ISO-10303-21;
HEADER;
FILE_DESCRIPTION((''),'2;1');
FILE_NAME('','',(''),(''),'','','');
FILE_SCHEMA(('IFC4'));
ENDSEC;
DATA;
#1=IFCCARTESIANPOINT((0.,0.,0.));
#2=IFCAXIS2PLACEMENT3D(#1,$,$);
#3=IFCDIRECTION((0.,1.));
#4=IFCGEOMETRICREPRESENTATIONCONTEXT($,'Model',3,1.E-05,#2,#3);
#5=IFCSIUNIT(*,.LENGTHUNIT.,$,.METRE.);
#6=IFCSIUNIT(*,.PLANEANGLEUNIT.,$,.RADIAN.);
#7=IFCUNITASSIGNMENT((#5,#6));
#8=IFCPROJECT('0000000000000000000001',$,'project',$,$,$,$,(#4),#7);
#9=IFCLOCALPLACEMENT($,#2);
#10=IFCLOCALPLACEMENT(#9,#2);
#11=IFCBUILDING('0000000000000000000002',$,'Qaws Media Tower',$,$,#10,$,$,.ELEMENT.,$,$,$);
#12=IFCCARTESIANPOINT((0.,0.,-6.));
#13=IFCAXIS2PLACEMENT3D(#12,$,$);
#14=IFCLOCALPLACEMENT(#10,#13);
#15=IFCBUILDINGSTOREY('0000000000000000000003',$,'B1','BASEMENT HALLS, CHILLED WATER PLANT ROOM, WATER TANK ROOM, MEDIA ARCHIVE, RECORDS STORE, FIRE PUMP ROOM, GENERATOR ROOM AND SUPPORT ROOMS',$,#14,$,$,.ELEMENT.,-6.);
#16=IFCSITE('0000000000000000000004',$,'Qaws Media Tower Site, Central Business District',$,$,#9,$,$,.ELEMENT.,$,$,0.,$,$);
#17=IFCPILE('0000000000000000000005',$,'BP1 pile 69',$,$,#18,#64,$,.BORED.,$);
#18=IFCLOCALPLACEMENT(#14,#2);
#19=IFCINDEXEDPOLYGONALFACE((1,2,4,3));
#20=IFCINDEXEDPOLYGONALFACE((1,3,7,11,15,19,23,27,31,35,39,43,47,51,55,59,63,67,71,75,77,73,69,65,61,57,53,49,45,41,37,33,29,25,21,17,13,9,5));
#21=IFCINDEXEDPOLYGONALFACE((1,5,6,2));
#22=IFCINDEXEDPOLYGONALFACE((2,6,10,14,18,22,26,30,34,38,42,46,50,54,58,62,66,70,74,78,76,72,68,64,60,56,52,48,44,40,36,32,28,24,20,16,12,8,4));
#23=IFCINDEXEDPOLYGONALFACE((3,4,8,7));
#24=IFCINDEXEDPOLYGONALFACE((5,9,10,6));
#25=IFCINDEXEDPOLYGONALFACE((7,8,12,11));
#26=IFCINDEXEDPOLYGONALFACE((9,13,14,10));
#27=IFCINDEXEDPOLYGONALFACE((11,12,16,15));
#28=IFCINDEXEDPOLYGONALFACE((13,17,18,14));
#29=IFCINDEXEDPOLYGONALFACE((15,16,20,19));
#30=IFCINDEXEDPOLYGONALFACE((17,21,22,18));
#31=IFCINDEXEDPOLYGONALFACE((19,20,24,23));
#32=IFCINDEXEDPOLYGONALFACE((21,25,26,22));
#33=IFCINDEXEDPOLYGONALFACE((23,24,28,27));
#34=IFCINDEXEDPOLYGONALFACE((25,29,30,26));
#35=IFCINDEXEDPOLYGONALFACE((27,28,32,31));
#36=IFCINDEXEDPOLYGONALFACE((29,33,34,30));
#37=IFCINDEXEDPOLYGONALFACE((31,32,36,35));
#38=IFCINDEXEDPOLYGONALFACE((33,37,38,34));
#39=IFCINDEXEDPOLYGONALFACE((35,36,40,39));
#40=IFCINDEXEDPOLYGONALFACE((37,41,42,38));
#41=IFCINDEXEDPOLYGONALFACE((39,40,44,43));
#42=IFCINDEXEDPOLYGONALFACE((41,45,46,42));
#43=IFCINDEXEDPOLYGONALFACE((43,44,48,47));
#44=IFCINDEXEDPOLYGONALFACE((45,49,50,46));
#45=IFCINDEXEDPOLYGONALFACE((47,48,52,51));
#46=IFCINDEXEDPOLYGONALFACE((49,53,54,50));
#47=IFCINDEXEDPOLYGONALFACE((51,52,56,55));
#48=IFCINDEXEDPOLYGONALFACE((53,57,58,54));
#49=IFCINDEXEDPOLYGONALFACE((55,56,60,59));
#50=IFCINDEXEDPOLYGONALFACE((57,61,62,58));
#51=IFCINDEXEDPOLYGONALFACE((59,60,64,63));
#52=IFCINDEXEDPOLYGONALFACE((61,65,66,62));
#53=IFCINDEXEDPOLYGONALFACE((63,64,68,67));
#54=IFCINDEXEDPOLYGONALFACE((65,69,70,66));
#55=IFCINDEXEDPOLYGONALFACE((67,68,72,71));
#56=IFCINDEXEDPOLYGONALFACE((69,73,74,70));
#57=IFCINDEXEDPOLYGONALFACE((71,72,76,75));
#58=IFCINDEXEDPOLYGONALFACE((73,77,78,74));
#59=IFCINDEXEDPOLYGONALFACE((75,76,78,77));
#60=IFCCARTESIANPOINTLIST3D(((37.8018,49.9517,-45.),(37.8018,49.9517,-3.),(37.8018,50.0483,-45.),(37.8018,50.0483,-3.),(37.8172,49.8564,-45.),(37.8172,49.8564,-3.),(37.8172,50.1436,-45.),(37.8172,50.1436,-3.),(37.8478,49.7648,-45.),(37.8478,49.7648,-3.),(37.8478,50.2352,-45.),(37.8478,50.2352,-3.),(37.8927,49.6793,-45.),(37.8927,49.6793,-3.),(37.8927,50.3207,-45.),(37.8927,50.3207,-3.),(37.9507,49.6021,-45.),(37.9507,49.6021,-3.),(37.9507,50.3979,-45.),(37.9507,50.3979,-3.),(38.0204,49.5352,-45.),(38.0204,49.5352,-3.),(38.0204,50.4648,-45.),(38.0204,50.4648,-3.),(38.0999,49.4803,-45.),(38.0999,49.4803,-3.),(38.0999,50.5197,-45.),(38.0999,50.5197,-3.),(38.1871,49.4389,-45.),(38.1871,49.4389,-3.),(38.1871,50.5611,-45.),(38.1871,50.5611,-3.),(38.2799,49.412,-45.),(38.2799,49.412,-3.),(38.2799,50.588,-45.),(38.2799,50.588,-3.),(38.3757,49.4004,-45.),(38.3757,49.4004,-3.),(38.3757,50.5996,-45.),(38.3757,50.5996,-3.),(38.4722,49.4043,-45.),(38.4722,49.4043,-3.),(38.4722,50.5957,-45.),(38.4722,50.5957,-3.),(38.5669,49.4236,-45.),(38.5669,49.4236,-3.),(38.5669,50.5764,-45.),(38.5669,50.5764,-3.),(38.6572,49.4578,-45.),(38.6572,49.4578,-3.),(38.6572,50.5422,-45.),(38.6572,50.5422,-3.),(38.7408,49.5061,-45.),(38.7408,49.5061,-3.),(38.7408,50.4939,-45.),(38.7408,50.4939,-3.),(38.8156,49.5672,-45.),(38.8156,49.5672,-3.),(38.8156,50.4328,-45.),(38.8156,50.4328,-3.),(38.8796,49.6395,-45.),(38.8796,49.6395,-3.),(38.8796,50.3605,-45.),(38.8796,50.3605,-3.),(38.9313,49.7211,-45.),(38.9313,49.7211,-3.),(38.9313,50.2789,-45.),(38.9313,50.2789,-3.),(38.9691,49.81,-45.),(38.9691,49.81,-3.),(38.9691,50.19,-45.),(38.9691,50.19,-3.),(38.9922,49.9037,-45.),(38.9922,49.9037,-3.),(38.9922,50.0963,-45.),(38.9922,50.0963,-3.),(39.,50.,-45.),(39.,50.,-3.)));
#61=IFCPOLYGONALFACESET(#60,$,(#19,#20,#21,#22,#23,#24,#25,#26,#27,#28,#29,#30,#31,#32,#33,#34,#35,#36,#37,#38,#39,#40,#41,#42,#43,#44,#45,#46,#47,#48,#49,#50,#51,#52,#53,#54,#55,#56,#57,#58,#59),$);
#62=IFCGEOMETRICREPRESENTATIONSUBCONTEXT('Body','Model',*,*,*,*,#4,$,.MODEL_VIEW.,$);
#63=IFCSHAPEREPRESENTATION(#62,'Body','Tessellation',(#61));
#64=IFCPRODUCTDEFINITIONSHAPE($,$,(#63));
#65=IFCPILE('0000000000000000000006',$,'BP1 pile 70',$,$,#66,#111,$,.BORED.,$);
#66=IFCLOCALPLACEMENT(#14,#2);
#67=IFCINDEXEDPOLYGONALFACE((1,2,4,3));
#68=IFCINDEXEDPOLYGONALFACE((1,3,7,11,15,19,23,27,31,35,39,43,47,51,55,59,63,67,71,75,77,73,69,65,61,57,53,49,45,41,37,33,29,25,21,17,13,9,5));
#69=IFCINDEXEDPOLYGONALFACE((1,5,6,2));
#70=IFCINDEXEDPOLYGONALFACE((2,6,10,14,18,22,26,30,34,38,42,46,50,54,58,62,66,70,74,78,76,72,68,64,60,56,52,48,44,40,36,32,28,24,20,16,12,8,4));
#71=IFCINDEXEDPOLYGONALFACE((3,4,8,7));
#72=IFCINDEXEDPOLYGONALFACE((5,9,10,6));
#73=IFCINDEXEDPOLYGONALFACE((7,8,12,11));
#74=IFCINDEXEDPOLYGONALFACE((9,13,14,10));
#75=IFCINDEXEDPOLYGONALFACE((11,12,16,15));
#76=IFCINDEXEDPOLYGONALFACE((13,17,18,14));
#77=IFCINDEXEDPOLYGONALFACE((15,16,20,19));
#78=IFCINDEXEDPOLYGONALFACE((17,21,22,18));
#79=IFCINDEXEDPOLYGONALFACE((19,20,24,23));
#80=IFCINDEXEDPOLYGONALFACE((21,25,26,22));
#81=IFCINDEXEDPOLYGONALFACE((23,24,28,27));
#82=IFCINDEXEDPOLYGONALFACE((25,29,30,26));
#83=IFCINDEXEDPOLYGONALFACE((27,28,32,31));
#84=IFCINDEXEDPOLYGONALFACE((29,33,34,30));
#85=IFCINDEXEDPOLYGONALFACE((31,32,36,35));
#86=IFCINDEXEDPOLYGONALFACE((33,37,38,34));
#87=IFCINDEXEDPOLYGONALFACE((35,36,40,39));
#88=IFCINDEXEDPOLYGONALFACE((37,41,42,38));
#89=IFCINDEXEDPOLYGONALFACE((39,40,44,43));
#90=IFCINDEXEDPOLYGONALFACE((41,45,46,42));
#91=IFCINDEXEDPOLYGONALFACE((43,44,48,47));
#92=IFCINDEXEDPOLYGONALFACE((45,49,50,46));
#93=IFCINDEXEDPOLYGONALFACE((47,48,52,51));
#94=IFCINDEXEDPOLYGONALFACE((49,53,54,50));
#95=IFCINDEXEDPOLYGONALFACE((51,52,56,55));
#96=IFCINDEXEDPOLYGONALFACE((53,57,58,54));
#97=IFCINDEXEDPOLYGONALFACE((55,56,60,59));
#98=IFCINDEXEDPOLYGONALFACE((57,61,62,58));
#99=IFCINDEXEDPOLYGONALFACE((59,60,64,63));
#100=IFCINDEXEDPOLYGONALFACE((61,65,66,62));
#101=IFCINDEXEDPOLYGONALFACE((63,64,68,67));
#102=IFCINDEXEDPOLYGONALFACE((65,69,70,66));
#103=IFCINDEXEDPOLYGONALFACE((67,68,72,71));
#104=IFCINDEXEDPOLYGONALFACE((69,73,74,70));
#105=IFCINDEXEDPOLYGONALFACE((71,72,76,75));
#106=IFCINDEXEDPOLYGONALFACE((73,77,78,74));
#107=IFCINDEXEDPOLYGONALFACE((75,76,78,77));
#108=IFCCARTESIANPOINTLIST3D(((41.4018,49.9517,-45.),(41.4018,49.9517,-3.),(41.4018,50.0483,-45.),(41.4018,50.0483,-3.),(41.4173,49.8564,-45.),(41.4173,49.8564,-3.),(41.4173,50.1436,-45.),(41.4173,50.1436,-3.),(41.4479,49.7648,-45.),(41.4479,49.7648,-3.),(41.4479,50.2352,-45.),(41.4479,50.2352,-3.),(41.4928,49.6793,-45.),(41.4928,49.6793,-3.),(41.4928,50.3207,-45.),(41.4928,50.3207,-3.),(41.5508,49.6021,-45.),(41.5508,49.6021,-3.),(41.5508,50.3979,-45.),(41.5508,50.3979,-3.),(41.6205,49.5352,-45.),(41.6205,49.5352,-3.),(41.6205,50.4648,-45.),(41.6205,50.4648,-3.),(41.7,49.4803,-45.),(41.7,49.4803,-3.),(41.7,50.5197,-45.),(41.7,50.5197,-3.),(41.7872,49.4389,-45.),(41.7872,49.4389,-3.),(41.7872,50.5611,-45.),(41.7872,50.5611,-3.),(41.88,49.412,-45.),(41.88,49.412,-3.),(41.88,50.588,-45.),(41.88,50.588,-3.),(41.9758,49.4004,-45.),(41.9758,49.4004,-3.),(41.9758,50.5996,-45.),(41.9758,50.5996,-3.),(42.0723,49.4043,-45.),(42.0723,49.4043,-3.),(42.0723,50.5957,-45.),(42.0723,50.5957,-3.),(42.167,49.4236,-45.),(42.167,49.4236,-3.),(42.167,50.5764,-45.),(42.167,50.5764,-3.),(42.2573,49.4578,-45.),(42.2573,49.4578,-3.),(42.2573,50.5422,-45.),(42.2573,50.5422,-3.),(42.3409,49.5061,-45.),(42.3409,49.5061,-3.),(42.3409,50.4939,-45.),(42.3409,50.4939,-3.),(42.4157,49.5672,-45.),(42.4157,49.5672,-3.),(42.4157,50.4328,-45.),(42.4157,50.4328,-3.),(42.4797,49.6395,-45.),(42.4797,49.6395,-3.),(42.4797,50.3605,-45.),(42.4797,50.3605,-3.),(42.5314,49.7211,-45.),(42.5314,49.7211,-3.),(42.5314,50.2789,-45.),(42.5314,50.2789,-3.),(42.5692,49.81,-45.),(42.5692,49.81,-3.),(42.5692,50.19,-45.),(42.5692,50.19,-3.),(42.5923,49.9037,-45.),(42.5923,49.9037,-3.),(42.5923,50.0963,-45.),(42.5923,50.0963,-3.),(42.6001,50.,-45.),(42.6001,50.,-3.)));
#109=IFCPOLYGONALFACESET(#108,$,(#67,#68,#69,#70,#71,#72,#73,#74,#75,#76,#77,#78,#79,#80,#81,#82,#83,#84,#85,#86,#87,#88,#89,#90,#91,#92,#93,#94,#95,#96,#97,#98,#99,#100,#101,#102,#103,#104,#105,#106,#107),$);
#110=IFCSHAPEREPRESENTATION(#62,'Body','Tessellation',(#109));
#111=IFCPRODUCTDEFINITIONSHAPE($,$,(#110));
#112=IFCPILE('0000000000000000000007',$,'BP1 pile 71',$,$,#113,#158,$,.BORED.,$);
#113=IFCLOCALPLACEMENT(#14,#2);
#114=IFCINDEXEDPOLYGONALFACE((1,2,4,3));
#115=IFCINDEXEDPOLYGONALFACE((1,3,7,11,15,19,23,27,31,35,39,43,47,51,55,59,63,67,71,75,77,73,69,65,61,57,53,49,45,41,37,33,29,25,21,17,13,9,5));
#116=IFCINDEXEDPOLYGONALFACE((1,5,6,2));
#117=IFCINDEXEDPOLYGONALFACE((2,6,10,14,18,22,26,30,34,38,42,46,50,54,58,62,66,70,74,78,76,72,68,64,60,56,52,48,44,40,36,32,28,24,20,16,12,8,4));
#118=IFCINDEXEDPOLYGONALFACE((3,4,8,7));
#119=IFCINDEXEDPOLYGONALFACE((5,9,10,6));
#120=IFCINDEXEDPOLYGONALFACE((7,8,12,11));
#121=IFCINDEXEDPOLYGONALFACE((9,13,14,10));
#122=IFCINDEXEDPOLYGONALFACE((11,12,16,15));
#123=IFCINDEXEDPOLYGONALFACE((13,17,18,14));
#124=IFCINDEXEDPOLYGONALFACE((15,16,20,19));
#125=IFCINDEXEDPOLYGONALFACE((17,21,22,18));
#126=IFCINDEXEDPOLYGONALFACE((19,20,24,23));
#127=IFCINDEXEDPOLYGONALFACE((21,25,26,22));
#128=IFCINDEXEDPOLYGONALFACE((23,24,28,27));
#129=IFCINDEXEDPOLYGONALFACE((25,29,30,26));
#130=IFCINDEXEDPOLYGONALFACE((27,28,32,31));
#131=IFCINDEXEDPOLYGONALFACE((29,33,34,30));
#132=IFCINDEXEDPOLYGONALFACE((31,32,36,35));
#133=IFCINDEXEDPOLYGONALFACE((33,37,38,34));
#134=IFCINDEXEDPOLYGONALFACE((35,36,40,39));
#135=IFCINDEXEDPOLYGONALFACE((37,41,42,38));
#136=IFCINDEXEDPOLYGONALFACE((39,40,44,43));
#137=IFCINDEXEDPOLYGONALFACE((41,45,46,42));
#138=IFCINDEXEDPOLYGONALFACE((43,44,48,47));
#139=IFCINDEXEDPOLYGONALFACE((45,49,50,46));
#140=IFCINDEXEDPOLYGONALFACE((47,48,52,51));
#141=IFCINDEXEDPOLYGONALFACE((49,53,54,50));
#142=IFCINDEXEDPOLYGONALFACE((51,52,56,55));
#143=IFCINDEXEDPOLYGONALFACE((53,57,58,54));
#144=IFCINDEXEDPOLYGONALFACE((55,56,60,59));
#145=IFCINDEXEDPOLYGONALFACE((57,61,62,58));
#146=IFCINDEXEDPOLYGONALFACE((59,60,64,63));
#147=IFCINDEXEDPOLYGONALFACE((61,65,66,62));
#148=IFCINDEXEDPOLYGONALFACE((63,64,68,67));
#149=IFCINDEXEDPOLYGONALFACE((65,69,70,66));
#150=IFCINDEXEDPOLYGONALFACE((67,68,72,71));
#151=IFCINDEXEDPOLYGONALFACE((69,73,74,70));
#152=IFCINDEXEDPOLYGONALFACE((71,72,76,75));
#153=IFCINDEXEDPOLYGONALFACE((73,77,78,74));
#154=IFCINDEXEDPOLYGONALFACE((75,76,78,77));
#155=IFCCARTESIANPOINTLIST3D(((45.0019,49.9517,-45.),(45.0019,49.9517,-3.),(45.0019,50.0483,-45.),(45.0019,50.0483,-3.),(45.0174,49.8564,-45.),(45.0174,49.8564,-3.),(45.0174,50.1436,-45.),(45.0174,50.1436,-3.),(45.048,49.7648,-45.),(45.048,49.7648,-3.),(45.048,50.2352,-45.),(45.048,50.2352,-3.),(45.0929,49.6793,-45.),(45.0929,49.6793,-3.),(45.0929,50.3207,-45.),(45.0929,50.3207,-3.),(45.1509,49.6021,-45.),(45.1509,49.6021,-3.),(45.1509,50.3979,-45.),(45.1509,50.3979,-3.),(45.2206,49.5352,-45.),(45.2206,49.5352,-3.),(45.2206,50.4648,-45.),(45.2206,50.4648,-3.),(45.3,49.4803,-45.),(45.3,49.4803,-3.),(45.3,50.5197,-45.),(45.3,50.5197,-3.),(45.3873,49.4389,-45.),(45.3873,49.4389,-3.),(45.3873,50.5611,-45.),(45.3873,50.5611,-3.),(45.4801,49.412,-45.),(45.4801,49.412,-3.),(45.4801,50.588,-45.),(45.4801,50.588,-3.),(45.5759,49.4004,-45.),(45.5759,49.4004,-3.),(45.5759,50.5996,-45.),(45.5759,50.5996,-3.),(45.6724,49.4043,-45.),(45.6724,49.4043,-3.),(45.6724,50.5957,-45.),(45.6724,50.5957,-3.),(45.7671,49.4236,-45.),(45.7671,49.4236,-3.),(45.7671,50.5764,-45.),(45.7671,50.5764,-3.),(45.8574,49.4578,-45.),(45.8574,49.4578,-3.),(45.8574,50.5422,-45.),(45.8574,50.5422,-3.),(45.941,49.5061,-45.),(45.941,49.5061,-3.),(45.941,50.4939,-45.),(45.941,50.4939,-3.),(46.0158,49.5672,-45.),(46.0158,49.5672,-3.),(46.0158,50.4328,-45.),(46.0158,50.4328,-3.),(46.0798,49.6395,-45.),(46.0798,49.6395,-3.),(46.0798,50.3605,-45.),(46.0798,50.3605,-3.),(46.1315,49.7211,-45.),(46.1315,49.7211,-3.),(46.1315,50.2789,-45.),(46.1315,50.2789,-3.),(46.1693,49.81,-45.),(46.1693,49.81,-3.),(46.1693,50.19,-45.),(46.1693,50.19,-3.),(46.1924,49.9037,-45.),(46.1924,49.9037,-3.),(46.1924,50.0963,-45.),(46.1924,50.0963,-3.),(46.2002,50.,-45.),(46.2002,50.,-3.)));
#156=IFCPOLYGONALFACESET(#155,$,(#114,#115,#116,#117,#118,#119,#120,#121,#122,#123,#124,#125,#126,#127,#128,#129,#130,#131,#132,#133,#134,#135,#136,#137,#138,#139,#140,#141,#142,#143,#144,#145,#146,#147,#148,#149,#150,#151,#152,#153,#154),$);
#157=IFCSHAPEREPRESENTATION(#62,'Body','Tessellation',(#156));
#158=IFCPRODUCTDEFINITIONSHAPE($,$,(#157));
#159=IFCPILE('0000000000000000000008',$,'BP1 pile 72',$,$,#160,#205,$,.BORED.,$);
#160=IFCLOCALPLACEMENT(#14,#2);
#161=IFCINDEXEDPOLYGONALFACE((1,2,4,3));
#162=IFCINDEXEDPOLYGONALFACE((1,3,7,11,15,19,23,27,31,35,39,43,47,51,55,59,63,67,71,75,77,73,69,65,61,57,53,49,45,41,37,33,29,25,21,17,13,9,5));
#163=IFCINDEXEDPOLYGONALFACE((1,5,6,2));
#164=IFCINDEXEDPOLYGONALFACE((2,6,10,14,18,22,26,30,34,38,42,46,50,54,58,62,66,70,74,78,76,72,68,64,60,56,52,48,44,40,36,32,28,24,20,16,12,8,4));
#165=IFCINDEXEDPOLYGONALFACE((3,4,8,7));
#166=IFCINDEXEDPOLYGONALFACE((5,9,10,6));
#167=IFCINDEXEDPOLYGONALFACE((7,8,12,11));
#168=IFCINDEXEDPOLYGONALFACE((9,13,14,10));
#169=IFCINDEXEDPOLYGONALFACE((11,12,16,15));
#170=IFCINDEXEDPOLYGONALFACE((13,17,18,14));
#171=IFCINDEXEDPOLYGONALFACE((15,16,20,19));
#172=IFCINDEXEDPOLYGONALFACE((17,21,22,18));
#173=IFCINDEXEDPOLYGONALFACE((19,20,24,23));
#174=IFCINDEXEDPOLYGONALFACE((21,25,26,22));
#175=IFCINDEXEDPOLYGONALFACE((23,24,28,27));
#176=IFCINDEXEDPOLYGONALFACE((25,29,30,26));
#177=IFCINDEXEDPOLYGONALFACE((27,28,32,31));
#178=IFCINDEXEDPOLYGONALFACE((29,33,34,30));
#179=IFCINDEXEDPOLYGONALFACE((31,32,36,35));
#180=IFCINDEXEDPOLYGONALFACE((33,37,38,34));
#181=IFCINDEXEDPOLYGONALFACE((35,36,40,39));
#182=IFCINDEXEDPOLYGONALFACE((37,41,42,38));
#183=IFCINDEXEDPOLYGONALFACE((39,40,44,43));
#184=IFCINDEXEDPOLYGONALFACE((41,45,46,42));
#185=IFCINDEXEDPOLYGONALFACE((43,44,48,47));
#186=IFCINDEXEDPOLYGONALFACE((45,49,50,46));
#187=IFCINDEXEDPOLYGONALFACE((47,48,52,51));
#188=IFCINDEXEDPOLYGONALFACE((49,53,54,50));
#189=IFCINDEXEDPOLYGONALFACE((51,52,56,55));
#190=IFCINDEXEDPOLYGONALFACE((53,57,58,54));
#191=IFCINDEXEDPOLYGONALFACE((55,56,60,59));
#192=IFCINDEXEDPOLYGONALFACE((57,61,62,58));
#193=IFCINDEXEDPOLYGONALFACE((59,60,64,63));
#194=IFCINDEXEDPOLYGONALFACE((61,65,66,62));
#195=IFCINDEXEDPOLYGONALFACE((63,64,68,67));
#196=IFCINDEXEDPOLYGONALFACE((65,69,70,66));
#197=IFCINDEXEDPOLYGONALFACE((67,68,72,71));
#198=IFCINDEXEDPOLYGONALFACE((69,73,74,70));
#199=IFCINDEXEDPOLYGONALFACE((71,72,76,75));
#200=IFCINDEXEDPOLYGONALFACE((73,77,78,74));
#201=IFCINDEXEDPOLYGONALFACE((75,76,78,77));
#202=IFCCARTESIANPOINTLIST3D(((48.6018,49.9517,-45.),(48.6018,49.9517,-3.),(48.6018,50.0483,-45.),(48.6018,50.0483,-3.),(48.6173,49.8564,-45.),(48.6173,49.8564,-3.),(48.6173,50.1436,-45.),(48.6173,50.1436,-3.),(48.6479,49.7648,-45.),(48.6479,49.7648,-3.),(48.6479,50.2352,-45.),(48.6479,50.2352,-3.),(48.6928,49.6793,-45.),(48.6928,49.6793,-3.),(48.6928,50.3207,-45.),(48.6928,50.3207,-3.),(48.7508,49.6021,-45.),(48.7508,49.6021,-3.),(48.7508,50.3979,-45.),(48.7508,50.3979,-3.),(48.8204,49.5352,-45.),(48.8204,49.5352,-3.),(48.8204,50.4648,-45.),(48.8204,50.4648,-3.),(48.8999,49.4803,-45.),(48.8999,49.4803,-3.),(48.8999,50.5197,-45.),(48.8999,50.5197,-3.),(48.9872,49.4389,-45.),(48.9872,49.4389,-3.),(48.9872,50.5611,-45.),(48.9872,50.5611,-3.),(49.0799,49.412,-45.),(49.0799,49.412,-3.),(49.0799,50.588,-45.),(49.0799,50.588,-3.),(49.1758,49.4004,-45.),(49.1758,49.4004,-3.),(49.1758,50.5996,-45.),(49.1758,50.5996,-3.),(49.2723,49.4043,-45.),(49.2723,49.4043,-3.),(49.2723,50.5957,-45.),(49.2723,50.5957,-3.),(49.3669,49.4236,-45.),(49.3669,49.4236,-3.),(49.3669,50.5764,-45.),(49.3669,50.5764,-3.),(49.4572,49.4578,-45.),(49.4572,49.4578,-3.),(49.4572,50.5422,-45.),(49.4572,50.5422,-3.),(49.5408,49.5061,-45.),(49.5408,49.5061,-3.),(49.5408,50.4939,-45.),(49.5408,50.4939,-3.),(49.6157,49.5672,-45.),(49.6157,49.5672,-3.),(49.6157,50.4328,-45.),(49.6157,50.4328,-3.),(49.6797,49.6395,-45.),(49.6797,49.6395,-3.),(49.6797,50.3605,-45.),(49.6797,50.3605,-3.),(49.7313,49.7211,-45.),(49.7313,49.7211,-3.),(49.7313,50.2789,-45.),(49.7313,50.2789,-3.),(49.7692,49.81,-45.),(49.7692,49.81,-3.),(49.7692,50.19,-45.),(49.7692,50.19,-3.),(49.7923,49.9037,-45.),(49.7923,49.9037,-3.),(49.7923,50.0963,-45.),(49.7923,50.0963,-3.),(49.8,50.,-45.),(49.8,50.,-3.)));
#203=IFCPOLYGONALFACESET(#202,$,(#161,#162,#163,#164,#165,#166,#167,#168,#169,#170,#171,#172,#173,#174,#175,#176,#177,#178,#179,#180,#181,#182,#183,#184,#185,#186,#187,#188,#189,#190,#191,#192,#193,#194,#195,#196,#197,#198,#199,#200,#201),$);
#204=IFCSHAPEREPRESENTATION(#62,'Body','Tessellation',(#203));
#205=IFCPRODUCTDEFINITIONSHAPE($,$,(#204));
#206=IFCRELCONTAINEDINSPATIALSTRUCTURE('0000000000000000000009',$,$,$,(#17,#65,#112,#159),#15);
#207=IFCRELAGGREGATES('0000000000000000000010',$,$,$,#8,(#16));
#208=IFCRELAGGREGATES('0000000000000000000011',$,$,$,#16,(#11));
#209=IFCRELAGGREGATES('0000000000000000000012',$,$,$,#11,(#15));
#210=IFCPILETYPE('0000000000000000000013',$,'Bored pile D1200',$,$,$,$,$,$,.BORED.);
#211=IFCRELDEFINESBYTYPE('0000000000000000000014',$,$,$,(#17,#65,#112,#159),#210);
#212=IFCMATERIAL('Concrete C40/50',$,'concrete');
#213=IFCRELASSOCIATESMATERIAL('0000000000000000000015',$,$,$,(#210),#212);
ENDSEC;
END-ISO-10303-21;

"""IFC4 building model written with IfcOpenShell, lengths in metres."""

from ifc_helpers import new_model, si_unit, direction, frame, origin, origin_2d, place, context, subcontext, project, spatial, circle, extrude, material, material_profile, profile_set, type_object, element, save


model = new_model("IFC4")

# Units and contexts
model_context = context("Model", 3, precision=1e-05, world=origin(), true_north=direction((0.0, 1.0)))
body_context = subcontext(model_context, "Body", "Model", "MODEL_VIEW")
ifc_project = project(units=[si_unit("LENGTHUNIT", "METRE"), si_unit("PLANEANGLEUNIT", "RADIAN")], contexts=[model_context])

# Site, building, storey
site_placement = place(None, origin())
site = spatial("IfcSite", under=ifc_project, at=site_placement, Name="Qaws Media Tower Site, Central Business District", CompositionType="ELEMENT", RefElevation=0.0)
building_placement = place(site_placement, origin())
building = spatial("IfcBuilding", under=site, at=building_placement, Name="Qaws Media Tower", CompositionType="ELEMENT")
storey_placement = place(building_placement, frame((0.0, 0.0, -6.0)))
storey = spatial("IfcBuildingStorey", under=building, at=storey_placement, Name="B1", Description="BASEMENT HALLS, CHILLED WATER PLANT ROOM, WATER TANK ROOM, MEDIA ARCHIVE, RECORDS STORE, FIRE PUMP ROOM, GENERATOR ROOM AND SUPPORT ROOMS", CompositionType="ELEMENT", Elevation=-6.0)

# Piles
ifc_material_1 = material(Name="Concrete C40/50", Category="concrete")
ifc_material_profile_1 = material_profile(ifc_material_1, circle(Radius=0.6001, at=origin_2d()), Name="D1200")
ifc_profile_set_1 = profile_set([ifc_material_profile_1], Name="Concrete C40/50")
pile_type = type_object("IfcPileType", Name="Bored pile D1200", PredefinedType="BORED", material=ifc_profile_set_1)
for number, where, z_axis, x_axis, name in (
    (1, (38.3999, 50.0, -3.0), (0.0, 0.0, -1.0), (1.0, 0.0, 0.0), "BP1 pile 69"),
    (2, (42.0, 50.0, -3.0), (0.0, 0.0, -1.0), (1.0, 0.0, 0.0), "BP1 pile 70"),
    (3, (45.6001, 50.0, -3.0), (0.0, 0.0, -1.0), (1.0, 0.0, 0.0), "BP1 pile 71"),
    (4, (49.2, 50.0, -3.0), (0.0, 0.0, -1.0), (1.0, 0.0, 0.0), "BP1 pile 72"),
):
    element("IfcPile", number, at=place(storey_placement, frame(where, z_axis=z_axis, x_axis=x_axis)), inside=storey, type_object=pile_type, Name=name, PredefinedType="BORED", context=body_context, shape_type="SweptSolid", body=[
        extrude(circle(Radius=0.6001, at=origin_2d()), origin(), (0.0, 0.0, 1.0), 42.0),
    ])

save(model, "model.ifc")
